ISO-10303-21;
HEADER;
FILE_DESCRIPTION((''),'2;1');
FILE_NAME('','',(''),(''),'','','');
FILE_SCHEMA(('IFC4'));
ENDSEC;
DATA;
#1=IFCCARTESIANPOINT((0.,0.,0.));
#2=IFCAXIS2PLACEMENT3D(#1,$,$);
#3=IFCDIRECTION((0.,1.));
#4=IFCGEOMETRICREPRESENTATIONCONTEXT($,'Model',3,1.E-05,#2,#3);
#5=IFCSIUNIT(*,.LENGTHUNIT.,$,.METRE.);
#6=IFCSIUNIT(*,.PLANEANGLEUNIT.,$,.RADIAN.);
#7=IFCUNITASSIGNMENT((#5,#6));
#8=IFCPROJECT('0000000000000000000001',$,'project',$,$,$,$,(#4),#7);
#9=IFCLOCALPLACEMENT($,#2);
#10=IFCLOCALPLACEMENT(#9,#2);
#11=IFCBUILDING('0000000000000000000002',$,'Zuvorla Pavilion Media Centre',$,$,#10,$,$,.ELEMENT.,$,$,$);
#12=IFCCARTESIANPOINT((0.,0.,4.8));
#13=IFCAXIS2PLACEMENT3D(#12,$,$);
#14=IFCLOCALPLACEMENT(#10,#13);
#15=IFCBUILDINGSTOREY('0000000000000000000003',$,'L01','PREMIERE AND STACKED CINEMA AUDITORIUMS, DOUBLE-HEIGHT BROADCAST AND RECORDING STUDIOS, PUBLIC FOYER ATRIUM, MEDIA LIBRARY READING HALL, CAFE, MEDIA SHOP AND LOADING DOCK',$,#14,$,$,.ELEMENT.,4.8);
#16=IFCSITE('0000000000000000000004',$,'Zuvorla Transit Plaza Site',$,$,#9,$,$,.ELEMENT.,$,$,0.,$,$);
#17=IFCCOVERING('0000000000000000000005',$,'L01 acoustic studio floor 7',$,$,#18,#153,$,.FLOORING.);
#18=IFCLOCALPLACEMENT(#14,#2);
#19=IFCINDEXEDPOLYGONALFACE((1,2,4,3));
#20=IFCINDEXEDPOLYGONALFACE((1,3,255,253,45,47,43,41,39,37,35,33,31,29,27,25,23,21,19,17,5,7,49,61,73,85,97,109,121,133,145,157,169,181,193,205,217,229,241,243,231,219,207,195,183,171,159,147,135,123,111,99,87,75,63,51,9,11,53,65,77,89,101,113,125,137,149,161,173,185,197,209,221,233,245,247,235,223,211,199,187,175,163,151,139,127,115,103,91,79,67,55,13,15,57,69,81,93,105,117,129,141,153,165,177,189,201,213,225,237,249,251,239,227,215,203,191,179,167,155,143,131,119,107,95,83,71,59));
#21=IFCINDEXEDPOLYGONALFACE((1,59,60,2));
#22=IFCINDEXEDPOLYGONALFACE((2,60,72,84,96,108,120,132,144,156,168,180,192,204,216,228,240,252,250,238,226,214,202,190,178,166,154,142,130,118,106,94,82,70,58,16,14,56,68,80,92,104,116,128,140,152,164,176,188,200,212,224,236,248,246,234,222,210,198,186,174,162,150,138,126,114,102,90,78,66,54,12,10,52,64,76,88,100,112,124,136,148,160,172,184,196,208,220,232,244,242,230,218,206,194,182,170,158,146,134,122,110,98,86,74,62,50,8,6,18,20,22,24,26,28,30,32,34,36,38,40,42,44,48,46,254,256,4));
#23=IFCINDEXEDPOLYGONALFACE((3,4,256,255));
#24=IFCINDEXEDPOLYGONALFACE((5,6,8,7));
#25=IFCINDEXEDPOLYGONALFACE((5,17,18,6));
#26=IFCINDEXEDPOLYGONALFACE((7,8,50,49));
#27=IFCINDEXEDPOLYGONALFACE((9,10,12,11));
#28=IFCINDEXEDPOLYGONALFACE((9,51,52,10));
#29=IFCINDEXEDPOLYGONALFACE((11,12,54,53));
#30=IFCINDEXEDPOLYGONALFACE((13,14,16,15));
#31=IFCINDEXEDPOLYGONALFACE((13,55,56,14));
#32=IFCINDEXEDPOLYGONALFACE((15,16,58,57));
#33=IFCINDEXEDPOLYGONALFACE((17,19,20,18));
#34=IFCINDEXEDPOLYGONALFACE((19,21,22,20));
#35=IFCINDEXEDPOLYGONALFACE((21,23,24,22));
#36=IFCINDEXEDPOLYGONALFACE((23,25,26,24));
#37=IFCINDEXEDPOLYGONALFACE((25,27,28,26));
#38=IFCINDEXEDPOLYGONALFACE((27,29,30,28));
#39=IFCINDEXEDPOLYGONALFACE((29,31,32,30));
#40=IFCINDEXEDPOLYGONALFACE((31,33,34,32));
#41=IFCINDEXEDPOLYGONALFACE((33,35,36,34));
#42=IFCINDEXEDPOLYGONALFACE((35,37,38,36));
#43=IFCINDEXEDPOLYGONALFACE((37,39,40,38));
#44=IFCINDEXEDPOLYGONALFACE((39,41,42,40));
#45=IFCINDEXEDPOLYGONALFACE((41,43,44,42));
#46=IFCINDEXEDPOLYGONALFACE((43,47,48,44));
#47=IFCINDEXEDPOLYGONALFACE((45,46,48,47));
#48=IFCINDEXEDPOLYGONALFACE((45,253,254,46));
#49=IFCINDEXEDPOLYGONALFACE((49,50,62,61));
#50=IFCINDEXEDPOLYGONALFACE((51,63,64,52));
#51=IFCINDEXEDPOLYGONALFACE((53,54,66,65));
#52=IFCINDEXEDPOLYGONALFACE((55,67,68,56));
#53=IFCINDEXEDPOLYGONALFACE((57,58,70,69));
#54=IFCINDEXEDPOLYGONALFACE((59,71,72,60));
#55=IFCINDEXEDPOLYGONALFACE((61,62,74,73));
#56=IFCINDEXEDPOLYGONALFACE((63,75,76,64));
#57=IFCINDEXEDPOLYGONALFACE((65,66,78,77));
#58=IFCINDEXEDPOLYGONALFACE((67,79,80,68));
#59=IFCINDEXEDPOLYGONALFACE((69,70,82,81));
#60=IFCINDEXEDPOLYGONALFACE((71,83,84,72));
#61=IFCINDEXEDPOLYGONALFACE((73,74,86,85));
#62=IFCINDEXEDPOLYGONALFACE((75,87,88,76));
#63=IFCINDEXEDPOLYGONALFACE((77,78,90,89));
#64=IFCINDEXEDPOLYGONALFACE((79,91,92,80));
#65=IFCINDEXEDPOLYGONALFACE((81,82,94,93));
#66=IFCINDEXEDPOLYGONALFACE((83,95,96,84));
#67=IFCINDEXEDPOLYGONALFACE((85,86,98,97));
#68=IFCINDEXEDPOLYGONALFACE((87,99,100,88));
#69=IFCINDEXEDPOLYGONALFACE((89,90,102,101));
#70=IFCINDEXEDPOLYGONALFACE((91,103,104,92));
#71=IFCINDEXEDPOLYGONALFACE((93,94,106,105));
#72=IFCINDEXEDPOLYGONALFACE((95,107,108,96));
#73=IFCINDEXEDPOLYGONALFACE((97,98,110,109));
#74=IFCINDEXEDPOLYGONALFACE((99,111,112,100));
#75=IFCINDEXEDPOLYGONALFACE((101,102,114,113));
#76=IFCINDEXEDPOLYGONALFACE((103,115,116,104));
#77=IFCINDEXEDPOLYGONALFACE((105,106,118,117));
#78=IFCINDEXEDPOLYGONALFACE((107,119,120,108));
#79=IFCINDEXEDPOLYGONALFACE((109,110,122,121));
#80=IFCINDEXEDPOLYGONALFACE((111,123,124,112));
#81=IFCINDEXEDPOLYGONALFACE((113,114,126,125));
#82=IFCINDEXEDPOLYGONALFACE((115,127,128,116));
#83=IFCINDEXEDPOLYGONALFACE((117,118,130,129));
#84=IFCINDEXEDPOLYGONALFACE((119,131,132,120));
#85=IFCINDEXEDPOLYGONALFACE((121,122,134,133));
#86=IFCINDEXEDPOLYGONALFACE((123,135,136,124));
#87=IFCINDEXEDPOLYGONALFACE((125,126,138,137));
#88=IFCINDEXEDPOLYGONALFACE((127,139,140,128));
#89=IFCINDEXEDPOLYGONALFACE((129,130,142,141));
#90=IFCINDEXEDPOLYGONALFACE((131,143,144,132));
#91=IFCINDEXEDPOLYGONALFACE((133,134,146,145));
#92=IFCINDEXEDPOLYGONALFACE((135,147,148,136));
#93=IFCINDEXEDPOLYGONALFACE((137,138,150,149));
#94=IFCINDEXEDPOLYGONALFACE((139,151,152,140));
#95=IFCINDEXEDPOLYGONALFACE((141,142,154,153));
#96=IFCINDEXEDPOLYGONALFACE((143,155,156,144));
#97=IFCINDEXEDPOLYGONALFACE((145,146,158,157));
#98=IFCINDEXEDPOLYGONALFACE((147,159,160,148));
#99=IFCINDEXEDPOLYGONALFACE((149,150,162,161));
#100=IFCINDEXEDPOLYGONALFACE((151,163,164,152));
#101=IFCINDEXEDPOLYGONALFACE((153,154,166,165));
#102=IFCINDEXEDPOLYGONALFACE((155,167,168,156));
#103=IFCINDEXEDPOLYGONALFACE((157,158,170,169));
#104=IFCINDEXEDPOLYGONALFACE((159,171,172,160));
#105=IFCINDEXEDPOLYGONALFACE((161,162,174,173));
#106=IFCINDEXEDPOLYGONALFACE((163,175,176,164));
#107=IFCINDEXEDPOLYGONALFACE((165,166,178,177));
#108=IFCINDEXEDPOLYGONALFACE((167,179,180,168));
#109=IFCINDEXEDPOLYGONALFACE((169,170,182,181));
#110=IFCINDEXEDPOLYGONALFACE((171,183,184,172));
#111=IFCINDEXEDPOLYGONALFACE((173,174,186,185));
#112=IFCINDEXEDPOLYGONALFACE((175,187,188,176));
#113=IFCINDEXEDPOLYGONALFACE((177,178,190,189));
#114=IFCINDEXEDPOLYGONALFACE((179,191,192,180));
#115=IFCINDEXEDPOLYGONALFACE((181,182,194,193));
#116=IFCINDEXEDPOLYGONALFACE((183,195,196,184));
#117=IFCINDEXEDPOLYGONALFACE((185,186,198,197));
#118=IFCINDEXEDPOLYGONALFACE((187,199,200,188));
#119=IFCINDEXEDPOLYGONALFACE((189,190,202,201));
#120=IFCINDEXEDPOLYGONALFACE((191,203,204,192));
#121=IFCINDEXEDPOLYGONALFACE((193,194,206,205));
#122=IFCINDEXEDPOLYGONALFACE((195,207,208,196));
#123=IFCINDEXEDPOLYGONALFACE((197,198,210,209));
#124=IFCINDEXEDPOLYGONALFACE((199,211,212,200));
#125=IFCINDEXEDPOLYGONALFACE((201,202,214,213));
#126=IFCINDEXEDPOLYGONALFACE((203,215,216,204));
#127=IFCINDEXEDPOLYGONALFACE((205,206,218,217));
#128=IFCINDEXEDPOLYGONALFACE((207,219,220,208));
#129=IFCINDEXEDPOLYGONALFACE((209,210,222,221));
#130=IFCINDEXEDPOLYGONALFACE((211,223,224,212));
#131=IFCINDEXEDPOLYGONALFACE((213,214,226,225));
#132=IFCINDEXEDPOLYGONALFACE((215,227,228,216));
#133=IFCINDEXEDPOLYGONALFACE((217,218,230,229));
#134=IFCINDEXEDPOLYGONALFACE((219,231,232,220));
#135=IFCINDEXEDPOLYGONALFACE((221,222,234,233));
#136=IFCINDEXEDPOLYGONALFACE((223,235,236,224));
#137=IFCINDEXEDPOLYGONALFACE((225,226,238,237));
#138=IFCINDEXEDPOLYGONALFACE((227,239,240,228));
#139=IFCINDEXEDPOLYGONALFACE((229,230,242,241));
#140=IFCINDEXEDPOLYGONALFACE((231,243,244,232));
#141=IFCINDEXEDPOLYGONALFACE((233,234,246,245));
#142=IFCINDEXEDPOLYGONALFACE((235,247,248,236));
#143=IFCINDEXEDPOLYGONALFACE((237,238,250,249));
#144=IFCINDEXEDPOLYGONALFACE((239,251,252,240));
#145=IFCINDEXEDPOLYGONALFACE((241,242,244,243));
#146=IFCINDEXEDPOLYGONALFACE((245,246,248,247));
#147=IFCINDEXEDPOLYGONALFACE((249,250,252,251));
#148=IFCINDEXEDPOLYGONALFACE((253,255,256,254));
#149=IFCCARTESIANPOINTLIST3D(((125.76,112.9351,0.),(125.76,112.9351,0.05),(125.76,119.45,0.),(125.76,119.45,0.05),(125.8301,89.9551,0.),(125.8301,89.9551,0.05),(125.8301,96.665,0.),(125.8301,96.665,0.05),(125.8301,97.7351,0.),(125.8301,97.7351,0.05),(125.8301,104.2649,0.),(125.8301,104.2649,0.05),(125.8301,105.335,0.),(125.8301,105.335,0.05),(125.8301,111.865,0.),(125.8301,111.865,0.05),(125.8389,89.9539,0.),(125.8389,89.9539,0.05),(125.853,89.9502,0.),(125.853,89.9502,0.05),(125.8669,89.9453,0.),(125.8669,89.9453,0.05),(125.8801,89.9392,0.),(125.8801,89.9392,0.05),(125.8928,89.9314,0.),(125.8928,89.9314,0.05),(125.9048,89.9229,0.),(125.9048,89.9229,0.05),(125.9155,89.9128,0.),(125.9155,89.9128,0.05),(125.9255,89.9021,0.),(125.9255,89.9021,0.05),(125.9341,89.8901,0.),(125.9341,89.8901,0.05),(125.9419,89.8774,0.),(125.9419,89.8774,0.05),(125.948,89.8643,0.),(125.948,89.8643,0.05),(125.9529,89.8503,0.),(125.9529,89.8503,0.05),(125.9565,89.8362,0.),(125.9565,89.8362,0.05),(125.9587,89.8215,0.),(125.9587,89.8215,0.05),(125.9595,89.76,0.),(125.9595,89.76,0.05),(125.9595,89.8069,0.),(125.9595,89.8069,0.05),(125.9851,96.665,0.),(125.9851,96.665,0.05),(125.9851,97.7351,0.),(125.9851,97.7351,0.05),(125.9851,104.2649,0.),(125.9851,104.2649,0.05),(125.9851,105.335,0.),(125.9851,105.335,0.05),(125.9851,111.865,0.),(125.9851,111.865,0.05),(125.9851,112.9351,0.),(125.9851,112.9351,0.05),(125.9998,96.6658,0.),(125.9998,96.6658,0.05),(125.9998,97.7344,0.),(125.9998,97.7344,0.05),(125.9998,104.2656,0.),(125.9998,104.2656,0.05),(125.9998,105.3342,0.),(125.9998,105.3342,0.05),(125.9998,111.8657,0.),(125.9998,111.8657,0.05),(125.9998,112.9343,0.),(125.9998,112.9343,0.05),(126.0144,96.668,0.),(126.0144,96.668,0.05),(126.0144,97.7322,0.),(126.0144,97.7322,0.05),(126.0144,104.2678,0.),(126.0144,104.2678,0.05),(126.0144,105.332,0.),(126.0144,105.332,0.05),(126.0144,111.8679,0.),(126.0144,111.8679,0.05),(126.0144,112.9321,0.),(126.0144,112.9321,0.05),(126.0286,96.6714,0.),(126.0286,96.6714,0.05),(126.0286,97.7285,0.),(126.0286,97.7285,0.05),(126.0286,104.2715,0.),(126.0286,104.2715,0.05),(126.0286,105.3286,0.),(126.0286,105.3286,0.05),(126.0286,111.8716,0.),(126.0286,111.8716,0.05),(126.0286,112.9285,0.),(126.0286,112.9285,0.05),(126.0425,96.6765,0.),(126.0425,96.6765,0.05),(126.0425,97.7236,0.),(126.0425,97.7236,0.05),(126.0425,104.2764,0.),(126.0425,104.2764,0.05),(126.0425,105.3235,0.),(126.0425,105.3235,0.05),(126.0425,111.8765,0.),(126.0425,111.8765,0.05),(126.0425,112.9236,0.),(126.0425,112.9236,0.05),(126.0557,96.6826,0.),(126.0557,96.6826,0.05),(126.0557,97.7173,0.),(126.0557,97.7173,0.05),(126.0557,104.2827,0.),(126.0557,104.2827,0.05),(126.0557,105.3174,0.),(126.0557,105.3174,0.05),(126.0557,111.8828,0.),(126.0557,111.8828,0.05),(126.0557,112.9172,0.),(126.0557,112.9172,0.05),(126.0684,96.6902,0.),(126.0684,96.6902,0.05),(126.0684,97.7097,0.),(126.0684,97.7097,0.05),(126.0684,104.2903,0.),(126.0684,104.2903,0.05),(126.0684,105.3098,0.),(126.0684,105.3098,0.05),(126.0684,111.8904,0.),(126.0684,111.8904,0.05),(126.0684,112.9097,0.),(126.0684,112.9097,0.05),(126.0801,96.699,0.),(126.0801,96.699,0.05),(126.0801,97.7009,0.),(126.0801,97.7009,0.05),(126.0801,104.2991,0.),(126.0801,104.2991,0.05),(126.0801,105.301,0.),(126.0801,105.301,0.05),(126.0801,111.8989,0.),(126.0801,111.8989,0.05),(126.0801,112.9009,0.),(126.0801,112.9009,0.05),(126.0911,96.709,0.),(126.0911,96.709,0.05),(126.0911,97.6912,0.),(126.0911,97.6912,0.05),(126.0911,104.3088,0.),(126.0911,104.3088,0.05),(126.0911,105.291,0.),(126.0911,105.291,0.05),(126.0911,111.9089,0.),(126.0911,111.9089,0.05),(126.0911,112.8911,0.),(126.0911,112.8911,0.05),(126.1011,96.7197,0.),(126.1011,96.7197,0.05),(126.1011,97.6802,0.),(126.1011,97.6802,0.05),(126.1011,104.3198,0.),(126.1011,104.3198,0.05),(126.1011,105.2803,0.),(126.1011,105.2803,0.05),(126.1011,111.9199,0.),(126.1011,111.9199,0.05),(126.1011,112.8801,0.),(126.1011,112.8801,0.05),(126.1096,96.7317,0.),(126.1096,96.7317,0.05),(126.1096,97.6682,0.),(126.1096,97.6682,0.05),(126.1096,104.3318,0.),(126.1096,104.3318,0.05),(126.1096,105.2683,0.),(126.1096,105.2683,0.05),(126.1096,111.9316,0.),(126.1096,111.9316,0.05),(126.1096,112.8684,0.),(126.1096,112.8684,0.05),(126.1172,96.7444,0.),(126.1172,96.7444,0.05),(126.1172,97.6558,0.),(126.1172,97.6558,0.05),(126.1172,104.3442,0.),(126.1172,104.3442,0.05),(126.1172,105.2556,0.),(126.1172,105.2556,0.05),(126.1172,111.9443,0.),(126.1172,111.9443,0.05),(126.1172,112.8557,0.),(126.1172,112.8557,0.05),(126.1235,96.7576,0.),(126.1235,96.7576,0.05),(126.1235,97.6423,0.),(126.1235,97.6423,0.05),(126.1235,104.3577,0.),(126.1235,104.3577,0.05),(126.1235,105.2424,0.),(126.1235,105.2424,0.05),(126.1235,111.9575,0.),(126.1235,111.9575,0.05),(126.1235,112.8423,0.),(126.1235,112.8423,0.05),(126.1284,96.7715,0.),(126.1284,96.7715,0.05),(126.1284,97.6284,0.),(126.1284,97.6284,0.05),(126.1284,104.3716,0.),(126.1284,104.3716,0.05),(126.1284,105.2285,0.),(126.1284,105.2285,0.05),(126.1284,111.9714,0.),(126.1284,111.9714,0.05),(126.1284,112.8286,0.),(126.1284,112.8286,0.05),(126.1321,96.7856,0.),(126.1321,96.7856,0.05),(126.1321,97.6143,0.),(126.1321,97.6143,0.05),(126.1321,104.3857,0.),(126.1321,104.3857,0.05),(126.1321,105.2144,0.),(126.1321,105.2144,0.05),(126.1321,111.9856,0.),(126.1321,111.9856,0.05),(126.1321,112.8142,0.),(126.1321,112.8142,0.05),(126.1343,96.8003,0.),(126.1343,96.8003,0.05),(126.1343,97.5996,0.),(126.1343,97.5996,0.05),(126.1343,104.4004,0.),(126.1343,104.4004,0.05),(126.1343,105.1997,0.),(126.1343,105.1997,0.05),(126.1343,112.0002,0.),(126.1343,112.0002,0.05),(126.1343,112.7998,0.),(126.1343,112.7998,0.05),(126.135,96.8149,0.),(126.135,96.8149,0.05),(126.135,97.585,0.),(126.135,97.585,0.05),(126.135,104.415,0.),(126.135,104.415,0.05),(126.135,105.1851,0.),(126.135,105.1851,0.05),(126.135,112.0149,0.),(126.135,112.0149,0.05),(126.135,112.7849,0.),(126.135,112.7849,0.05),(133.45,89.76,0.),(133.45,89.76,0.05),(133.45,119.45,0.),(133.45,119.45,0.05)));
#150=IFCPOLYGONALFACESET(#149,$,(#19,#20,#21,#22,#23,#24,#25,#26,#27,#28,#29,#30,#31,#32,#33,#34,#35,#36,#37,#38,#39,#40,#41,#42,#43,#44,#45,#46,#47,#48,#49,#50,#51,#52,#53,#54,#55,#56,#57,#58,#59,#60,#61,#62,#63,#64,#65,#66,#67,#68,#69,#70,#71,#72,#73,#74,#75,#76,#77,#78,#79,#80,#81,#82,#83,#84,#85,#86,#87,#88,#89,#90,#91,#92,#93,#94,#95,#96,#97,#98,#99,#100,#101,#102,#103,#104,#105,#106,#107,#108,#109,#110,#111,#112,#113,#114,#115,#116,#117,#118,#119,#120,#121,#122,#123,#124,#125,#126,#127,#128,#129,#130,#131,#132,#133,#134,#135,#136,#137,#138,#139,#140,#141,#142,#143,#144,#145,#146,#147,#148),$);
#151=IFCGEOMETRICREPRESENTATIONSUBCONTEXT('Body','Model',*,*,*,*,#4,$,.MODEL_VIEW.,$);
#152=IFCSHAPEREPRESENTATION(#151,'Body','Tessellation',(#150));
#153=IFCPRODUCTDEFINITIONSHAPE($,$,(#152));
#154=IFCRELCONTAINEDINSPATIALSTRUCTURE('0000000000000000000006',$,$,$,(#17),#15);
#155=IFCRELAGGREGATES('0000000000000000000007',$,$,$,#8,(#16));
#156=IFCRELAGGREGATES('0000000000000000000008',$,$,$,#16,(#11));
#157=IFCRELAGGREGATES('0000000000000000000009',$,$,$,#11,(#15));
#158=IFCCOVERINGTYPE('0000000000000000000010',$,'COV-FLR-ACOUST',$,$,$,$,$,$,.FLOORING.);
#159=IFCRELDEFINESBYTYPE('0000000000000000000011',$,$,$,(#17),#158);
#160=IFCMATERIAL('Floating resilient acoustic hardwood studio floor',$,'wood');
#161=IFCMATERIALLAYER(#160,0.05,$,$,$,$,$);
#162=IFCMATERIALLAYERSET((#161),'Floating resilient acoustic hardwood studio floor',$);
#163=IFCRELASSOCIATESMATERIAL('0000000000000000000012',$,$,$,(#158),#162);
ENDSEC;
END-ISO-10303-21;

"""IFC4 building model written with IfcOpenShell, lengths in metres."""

from ifc_helpers import new_model, si_unit, direction, frame, origin, place, context, subcontext, project, spatial, polyline, outline, extrude, material, layer, layer_set, type_object, element, save


model = new_model("IFC4")

# Units and contexts
model_context = context("Model", 3, precision=1e-05, world=origin(), true_north=direction((0.0, 1.0)))
body_context = subcontext(model_context, "Body", "Model", "MODEL_VIEW")
ifc_project = project(units=[si_unit("LENGTHUNIT", "METRE"), si_unit("PLANEANGLEUNIT", "RADIAN")], contexts=[model_context])

# Site, building, storey
site_placement = place(None, origin())
site = spatial("IfcSite", under=ifc_project, at=site_placement, Name="Zuvorla Transit Plaza Site", CompositionType="ELEMENT", RefElevation=0.0)
building_placement = place(site_placement, origin())
building = spatial("IfcBuilding", under=site, at=building_placement, Name="Zuvorla Pavilion Media Centre", CompositionType="ELEMENT")
storey_placement = place(building_placement, frame((0.0, 0.0, 4.8)))
storey = spatial("IfcBuildingStorey", under=building, at=storey_placement, Name="L01", Description="PREMIERE AND STACKED CINEMA AUDITORIUMS, DOUBLE-HEIGHT BROADCAST AND RECORDING STUDIOS, PUBLIC FOYER ATRIUM, MEDIA LIBRARY READING HALL, CAFE, MEDIA SHOP AND LOADING DOCK", CompositionType="ELEMENT", Elevation=4.8)

# Covering
ifc_material_1 = material(Name="Floating resilient acoustic hardwood studio floor", Category="wood")
ifc_layer_1 = layer(ifc_material_1, 0.05)
ifc_layer_set_1 = layer_set([ifc_layer_1], Name="Floating resilient acoustic hardwood studio floor")
covering_type_1 = type_object("IfcCoveringType", Name="COV-FLR-ACOUST", PredefinedType="FLOORING", material=ifc_layer_set_1)
covering_1_placement = place(storey_placement, origin())
element("IfcCovering", 1, at=covering_1_placement, inside=storey, type_object=covering_type_1, Name="L01 acoustic studio floor 7", PredefinedType="FLOORING", context=body_context, shape_type="SweptSolid", body=[
    extrude(outline(polyline([(125.8301, 89.9551), (125.8301, 96.665), (125.9851, 96.665), (125.9998, 96.6658), (126.0144, 96.668), (126.0286, 96.6714), (126.0425, 96.6765), (126.0557, 96.6826), (126.0684, 96.6902), (126.0801, 96.699), (126.0911, 96.709), (126.1011, 96.7197), (126.1096, 96.7317), (126.1172, 96.7444), (126.1235, 96.7576), (126.1284, 96.7715), (126.1321, 96.7856), (126.1343, 96.8003), (126.135, 96.8149), (126.135, 97.585), (126.1343, 97.5996), (126.1321, 97.6143), (126.1284, 97.6284), (126.1235, 97.6423), (126.1172, 97.6558), (126.1096, 97.6682), (126.1011, 97.6802), (126.0911, 97.6912), (126.0801, 97.7009), (126.0684, 97.7097), (126.0557, 97.7173), (126.0425, 97.7236), (126.0286, 97.7285), (126.0144, 97.7322), (125.9998, 97.7344), (125.9851, 97.7351), (125.8301, 97.7351), (125.8301, 104.2649), (125.9851, 104.2649), (125.9998, 104.2656), (126.0144, 104.2678), (126.0286, 104.2715), (126.0425, 104.2764), (126.0557, 104.2827), (126.0684, 104.2903), (126.0801, 104.2991), (126.0911, 104.3088), (126.1011, 104.3198), (126.1096, 104.3318), (126.1172, 104.3442), (126.1235, 104.3577), (126.1284, 104.3716), (126.1321, 104.3857), (126.1343, 104.4004), (126.135, 104.415), (126.135, 105.1851), (126.1343, 105.1997), (126.1321, 105.2144), (126.1284, 105.2285), (126.1235, 105.2424), (126.1172, 105.2556), (126.1096, 105.2683), (126.1011, 105.2803), (126.0911, 105.291), (126.0801, 105.301), (126.0684, 105.3098), (126.0557, 105.3174), (126.0425, 105.3235), (126.0286, 105.3286), (126.0144, 105.332), (125.9998, 105.3342), (125.9851, 105.335), (125.8301, 105.335), (125.8301, 111.865), (125.9851, 111.865), (125.9998, 111.8657), (126.0144, 111.8679), (126.0286, 111.8716), (126.0425, 111.8765), (126.0557, 111.8828), (126.0684, 111.8904), (126.0801, 111.8989), (126.0911, 111.9089), (126.1011, 111.9199), (126.1096, 111.9316), (126.1172, 111.9443), (126.1235, 111.9575), (126.1284, 111.9714), (126.1321, 111.9856), (126.1343, 112.0002), (126.135, 112.0149), (126.135, 112.7849), (126.1343, 112.7998), (126.1321, 112.8142), (126.1284, 112.8286), (126.1235, 112.8423), (126.1172, 112.8557), (126.1096, 112.8684), (126.1011, 112.8801), (126.0911, 112.8911), (126.0801, 112.9009), (126.0684, 112.9097), (126.0557, 112.9172), (126.0425, 112.9236), (126.0286, 112.9285), (126.0144, 112.9321), (125.9998, 112.9343), (125.9851, 112.9351), (125.76, 112.9351), (125.76, 119.45), (133.45, 119.45), (133.45, 89.76), (125.9595, 89.76), (125.9595, 89.8069), (125.9587, 89.8215), (125.9565, 89.8362), (125.9529, 89.8503), (125.948, 89.8643), (125.9419, 89.8774), (125.9341, 89.8901), (125.9255, 89.9021), (125.9155, 89.9128), (125.9048, 89.9229), (125.8928, 89.9314), (125.8801, 89.9392), (125.8669, 89.9453), (125.853, 89.9502), (125.8389, 89.9539), (125.8301, 89.9551)])), origin(), (0.0, 0.0, 1.0), 0.05),
])

save(model, "model.ifc")
